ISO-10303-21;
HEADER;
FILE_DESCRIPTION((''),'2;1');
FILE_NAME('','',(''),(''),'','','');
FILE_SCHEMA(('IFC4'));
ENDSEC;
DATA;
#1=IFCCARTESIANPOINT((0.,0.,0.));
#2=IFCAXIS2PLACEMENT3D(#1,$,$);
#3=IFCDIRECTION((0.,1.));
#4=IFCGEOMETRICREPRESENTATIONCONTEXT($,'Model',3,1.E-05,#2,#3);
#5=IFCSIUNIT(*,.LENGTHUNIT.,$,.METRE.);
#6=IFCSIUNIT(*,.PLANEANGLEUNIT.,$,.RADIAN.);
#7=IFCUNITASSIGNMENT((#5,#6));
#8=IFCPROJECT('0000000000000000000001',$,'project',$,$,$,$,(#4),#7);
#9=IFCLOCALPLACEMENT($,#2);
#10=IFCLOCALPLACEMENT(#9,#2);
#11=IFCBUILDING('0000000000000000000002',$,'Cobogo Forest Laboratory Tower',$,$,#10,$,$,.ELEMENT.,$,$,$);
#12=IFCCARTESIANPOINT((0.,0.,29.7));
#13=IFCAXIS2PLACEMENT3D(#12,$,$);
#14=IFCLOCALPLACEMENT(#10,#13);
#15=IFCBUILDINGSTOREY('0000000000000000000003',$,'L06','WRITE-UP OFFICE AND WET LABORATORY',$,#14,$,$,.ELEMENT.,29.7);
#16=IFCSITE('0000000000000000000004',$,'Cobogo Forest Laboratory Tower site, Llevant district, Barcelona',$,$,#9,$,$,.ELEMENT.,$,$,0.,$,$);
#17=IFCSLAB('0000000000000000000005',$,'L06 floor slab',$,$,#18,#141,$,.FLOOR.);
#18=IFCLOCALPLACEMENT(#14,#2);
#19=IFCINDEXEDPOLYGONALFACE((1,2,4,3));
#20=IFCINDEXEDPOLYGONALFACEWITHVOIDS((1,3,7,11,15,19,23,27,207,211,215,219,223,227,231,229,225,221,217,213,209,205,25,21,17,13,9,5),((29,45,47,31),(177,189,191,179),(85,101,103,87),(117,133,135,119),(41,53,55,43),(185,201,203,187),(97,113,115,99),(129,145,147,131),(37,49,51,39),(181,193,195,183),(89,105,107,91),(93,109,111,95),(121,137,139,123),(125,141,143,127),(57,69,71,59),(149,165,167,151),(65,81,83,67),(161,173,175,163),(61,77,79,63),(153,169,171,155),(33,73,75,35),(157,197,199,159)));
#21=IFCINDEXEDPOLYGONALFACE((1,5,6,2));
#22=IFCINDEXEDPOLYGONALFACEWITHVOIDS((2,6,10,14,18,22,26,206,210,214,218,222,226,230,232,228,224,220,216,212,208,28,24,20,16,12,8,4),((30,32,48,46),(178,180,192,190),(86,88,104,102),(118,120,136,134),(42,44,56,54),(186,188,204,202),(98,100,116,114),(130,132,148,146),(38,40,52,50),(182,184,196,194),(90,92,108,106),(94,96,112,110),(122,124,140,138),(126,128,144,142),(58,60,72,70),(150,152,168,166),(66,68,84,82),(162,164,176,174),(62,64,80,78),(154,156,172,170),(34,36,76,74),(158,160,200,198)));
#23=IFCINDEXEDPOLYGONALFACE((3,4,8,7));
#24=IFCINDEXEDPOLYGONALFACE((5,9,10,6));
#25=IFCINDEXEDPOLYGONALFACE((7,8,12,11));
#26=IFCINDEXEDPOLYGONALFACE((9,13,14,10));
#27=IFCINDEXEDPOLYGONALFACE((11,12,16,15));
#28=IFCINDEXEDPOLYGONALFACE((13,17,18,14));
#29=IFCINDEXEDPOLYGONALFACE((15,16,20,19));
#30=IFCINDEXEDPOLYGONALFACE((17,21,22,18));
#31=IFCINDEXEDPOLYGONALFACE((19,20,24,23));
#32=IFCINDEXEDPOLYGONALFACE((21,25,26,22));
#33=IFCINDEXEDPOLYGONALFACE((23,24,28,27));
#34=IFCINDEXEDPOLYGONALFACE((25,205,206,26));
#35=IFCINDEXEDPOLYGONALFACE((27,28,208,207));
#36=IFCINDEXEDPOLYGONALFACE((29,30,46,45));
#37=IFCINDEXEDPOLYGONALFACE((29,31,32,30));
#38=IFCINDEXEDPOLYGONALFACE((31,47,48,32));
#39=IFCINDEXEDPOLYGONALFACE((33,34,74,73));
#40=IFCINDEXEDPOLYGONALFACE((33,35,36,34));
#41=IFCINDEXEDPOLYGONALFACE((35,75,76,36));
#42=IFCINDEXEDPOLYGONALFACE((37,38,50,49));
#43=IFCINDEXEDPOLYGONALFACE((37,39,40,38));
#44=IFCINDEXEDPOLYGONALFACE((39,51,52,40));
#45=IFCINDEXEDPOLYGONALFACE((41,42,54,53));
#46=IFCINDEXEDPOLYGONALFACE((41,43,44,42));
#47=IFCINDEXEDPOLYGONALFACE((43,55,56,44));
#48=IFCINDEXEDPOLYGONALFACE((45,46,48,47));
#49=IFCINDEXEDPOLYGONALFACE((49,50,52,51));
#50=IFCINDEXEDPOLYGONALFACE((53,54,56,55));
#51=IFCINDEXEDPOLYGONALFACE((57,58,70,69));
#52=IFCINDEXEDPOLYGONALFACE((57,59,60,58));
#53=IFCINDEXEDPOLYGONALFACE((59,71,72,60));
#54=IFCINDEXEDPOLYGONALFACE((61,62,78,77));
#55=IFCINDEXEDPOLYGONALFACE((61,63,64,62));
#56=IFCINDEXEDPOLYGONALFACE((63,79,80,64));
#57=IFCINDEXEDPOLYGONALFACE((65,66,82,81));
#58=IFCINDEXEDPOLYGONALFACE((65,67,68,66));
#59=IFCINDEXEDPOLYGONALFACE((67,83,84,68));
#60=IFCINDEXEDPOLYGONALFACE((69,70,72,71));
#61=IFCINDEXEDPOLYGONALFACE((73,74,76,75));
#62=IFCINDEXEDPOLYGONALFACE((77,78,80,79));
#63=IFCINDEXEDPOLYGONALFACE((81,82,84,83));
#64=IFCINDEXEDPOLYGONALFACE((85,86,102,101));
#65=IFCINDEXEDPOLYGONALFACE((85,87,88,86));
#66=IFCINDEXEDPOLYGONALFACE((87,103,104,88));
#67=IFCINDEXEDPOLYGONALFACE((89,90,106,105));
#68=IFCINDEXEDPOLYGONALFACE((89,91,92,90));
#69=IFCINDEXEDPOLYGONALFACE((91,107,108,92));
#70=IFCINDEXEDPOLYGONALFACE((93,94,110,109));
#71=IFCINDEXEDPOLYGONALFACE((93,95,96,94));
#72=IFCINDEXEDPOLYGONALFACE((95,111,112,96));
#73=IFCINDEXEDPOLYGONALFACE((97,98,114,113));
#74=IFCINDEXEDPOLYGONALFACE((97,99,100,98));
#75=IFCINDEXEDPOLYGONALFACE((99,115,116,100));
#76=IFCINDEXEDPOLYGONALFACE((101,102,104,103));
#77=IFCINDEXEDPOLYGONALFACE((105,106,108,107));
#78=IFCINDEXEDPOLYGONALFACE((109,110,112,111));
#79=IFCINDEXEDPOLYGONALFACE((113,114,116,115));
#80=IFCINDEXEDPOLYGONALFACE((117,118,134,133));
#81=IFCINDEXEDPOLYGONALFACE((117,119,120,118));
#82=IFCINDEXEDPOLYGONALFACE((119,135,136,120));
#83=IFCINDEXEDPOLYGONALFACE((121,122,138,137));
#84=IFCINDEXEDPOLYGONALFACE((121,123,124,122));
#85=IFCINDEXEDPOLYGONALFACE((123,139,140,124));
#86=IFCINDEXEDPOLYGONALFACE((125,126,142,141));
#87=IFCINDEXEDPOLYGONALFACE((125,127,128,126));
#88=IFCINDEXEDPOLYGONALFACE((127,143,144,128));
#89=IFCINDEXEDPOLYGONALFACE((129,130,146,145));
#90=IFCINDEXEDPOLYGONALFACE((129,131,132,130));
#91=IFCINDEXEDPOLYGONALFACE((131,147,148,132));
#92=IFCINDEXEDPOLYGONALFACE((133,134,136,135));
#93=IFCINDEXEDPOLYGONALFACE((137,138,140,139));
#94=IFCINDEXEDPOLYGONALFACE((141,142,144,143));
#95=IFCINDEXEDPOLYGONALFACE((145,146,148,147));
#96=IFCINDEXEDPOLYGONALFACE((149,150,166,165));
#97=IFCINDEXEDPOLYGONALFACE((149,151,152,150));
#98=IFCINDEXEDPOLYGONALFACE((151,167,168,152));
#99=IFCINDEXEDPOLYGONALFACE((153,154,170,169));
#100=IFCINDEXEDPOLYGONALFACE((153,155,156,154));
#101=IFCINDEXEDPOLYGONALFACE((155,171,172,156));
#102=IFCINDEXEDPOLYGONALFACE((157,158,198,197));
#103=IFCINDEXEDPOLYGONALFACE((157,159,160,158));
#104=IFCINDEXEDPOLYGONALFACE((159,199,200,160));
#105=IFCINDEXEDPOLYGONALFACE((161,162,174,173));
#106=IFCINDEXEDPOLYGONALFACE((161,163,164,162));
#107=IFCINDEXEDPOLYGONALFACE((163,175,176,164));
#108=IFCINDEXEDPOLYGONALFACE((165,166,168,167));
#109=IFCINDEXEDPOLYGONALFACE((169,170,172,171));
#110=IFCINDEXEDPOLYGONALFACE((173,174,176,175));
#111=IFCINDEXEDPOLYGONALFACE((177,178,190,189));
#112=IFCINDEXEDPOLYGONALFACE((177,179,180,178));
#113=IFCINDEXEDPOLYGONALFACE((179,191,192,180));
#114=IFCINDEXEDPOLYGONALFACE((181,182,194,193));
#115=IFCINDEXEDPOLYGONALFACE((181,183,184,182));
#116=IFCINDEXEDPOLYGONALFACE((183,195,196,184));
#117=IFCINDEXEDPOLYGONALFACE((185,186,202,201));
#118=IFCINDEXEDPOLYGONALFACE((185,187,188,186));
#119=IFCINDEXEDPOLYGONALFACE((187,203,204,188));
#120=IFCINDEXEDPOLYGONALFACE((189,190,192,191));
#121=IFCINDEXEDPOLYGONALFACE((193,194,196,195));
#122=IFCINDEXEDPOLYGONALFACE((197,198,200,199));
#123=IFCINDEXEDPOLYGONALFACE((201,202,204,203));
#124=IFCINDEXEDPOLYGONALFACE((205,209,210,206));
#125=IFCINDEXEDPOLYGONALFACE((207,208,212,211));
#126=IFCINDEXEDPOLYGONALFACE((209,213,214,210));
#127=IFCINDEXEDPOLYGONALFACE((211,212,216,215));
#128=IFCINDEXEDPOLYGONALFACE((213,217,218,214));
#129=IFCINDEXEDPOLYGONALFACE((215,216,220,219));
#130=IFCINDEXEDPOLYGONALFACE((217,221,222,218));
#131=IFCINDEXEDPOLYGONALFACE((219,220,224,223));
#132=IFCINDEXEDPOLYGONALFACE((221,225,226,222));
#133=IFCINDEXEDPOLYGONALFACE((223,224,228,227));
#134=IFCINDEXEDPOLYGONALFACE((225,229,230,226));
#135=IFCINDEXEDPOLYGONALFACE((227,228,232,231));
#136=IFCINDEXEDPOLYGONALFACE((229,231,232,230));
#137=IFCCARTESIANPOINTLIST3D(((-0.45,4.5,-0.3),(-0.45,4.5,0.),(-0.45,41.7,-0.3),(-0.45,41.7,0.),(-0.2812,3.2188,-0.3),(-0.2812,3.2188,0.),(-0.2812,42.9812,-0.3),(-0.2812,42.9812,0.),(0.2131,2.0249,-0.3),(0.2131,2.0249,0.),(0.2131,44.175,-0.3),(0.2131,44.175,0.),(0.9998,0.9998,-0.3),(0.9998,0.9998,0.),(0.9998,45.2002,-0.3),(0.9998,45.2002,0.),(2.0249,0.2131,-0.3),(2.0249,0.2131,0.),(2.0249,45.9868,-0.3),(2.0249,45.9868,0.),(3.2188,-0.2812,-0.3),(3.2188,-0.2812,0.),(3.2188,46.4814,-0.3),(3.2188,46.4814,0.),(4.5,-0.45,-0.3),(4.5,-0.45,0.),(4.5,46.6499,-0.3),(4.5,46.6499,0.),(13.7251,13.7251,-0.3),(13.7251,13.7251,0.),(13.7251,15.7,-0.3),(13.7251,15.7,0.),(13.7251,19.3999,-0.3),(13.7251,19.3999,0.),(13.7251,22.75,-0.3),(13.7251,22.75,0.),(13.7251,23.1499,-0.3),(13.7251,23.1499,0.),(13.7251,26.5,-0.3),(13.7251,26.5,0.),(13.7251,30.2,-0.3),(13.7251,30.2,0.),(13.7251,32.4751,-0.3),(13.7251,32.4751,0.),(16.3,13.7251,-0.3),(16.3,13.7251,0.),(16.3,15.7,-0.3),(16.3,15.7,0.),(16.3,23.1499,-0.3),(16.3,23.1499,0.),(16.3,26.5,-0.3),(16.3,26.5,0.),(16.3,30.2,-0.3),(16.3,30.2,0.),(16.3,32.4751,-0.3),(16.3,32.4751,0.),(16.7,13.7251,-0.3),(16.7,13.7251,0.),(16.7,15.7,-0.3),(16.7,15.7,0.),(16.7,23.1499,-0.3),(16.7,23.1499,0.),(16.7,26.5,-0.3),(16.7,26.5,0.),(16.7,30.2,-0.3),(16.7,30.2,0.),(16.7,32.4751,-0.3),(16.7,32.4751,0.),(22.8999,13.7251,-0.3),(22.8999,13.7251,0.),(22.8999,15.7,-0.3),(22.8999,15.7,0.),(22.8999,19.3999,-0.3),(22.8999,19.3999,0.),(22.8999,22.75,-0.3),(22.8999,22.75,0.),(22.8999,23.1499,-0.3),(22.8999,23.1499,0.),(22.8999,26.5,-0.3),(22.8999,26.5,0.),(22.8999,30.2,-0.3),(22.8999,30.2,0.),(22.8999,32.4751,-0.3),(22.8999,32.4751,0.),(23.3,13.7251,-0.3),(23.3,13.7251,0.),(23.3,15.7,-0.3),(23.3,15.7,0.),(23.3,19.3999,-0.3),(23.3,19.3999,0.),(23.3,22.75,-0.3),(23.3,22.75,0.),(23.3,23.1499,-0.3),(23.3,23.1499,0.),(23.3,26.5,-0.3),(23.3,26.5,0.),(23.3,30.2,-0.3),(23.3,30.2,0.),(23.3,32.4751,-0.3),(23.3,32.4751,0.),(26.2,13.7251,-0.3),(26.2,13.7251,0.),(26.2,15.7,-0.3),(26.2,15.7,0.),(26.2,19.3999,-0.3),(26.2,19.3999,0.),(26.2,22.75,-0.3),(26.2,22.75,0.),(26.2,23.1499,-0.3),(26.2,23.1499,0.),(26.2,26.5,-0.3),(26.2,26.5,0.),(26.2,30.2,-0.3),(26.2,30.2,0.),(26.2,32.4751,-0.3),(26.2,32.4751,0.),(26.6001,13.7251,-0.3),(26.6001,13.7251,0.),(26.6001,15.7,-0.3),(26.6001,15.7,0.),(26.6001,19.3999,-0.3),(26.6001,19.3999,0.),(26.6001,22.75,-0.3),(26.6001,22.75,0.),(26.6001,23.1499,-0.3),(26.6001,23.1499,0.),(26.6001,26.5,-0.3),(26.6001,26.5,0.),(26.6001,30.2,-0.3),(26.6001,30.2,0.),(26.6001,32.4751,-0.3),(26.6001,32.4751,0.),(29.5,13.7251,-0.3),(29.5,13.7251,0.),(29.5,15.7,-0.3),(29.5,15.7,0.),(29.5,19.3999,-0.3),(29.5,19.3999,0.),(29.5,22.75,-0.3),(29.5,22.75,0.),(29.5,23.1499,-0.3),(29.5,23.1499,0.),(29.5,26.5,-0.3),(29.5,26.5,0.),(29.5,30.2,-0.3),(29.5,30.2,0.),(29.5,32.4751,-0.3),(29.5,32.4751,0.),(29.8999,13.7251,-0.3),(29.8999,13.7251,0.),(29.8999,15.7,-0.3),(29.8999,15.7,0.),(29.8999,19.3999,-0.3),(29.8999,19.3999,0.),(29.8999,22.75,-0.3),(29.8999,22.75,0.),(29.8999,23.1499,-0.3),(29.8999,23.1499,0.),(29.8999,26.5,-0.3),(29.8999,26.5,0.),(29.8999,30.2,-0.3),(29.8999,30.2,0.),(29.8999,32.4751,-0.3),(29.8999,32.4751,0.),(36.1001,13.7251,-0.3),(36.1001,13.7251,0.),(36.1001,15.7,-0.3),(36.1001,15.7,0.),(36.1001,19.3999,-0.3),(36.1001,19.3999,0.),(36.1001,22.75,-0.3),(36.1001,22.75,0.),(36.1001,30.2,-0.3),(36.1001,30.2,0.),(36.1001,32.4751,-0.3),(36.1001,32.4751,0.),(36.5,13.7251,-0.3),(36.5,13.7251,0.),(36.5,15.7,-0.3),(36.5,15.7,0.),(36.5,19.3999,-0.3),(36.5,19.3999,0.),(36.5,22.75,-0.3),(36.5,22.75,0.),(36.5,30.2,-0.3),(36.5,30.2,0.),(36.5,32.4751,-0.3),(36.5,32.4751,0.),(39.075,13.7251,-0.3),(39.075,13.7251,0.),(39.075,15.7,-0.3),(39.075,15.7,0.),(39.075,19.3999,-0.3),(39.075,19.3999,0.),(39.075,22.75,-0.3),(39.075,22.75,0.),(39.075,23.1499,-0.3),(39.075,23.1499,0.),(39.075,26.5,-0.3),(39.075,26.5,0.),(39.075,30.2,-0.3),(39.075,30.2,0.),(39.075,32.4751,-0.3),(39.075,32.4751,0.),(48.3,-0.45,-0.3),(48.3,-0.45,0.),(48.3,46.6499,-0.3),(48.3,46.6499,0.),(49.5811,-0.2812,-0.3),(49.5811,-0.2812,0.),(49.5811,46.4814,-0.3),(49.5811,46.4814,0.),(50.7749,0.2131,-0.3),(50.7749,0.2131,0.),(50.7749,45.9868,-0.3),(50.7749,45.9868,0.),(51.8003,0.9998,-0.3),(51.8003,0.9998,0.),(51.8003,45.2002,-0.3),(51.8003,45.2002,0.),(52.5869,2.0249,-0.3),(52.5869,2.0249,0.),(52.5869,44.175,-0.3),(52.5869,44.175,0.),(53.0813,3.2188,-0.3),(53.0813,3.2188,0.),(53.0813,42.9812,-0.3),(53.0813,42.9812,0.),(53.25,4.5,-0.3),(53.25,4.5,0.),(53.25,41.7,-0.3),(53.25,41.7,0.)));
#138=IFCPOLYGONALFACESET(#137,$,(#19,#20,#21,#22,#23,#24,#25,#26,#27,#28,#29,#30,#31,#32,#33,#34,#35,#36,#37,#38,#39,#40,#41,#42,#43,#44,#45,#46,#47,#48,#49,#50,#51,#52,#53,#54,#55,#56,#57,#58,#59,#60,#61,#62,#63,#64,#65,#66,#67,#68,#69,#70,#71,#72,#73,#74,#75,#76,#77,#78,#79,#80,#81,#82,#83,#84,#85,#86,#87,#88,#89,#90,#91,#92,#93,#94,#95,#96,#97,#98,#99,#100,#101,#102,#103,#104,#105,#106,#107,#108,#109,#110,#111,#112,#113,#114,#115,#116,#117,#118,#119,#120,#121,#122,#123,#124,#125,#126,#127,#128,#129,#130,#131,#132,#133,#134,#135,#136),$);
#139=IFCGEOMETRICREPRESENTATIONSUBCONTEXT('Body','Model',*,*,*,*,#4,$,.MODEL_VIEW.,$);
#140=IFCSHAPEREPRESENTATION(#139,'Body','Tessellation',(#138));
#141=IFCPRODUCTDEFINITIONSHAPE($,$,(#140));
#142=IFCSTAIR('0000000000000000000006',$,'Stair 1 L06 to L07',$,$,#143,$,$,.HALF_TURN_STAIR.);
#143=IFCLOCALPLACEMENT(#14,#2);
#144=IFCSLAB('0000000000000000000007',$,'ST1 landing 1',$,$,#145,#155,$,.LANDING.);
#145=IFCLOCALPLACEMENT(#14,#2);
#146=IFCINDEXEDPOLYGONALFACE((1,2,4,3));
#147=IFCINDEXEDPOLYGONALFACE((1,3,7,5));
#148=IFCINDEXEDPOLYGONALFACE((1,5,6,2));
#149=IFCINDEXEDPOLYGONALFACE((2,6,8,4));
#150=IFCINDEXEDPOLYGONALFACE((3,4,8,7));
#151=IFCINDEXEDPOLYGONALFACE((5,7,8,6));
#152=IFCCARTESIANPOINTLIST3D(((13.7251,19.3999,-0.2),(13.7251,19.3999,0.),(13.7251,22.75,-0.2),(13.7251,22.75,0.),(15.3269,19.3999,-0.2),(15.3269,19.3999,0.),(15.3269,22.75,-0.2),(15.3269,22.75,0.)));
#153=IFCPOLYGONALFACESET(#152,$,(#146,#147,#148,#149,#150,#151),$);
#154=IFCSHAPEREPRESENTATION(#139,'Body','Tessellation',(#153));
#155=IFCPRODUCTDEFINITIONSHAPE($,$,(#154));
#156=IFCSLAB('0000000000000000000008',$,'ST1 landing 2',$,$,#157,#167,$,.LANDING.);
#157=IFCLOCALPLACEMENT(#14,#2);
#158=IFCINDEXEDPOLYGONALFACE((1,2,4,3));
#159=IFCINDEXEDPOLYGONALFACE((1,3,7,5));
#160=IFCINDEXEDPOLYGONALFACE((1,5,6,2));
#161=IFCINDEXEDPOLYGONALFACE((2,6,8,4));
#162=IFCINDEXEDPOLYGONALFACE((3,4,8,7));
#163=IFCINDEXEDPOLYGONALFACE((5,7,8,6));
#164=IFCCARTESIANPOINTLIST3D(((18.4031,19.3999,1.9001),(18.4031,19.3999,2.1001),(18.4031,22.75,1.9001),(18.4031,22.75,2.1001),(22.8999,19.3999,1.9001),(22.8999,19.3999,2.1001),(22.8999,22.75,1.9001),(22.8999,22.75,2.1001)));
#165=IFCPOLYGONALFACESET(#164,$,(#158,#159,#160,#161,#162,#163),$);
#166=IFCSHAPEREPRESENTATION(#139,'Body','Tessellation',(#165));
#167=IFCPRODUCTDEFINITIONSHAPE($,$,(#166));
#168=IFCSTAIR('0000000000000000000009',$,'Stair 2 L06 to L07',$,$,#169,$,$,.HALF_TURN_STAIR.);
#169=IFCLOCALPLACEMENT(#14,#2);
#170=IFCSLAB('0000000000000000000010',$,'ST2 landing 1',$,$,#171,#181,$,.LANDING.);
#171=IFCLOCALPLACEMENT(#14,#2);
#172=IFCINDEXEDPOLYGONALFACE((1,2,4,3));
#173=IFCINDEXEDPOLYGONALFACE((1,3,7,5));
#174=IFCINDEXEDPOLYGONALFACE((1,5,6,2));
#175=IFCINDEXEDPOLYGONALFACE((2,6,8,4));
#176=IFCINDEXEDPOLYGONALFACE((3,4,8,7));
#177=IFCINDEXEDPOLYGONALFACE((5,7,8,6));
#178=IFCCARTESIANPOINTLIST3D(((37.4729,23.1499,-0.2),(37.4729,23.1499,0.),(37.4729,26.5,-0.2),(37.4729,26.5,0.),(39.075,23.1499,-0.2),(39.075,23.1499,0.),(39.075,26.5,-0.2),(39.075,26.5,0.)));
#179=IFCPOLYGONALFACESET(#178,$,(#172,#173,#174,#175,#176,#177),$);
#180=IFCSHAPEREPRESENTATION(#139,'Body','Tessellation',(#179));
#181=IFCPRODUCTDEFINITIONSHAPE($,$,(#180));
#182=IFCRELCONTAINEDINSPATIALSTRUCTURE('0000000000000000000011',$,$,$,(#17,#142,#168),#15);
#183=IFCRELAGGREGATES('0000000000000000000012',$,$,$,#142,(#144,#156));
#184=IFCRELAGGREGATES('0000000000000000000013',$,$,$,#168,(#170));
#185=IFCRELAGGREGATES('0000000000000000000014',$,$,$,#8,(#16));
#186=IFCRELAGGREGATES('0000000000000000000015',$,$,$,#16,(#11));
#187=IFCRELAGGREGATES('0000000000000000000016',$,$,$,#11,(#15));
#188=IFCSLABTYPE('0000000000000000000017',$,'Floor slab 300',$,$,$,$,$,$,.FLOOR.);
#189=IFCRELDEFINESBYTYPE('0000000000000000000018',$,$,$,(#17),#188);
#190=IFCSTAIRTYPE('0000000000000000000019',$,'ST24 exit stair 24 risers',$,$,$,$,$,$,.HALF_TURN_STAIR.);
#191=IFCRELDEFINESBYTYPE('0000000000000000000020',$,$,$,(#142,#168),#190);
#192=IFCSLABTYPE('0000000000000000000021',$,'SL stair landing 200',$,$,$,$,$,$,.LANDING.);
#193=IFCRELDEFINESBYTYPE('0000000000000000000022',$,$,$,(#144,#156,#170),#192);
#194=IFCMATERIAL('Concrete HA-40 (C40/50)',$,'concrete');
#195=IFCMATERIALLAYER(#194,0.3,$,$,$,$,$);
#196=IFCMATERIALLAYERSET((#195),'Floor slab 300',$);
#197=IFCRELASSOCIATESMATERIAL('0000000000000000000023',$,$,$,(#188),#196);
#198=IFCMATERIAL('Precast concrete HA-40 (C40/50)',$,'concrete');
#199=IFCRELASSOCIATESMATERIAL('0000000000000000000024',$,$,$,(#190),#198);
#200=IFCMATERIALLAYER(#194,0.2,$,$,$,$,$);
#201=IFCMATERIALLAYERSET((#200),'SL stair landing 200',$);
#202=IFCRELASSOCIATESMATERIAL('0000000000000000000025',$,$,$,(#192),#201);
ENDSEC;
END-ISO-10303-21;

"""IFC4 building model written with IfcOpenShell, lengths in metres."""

from ifc_helpers import new_model, si_unit, direction, frame, origin, place, context, subcontext, project, spatial, polyline, outline, extrude, material, layer, layer_set, type_object, element, aggregate, save


model = new_model("IFC4")

# Units and contexts
model_context = context("Model", 3, precision=1e-05, world=origin(), true_north=direction((0.0, 1.0)))
body_context = subcontext(model_context, "Body", "Model", "MODEL_VIEW")
ifc_project = project(units=[si_unit("LENGTHUNIT", "METRE"), si_unit("PLANEANGLEUNIT", "RADIAN")], contexts=[model_context])

# Site, building, storey
site_placement = place(None, origin())
site = spatial("IfcSite", under=ifc_project, at=site_placement, Name="Cobogo Forest Laboratory Tower site, Llevant district, Barcelona", CompositionType="ELEMENT", RefElevation=0.0)
building_placement = place(site_placement, origin())
building = spatial("IfcBuilding", under=site, at=building_placement, Name="Cobogo Forest Laboratory Tower", CompositionType="ELEMENT")
storey_placement = place(building_placement, frame((0.0, 0.0, 29.7)))
storey = spatial("IfcBuildingStorey", under=building, at=storey_placement, Name="L06", Description="WRITE-UP OFFICE AND WET LABORATORY", CompositionType="ELEMENT", Elevation=29.7)

# Slab
ifc_material_1 = material(Name="Concrete HA-40 (C40/50)", Category="concrete")
ifc_layer_1 = layer(ifc_material_1, 0.3)
ifc_layer_set_1 = layer_set([ifc_layer_1], Name="Floor slab 300")
slab_type_1 = type_object("IfcSlabType", Name="Floor slab 300", PredefinedType="FLOOR", material=ifc_layer_set_1)
slab_1_placement = place(storey_placement, frame((0.0, 0.0, -0.3)))
element("IfcSlab", 1, at=slab_1_placement, inside=storey, type_object=slab_type_1, Name="L06 floor slab", PredefinedType="FLOOR", context=body_context, shape_type="SweptSolid", body=[
    extrude(outline(polyline([(48.3, -0.45), (49.5811, -0.2812), (50.7749, 0.2131), (51.8003, 0.9998), (52.5869, 2.0249), (53.0813, 3.2188), (53.25, 4.5), (53.25, 41.7), (53.0813, 42.9812), (52.5869, 44.175), (51.8003, 45.2002), (50.7749, 45.9868), (49.5811, 46.4814), (48.3, 46.6499), (4.5, 46.6499), (3.2188, 46.4814), (2.0249, 45.9868), (0.9998, 45.2002), (0.2131, 44.175), (-0.2812, 42.9812), (-0.45, 41.7), (-0.45, 4.5), (-0.2812, 3.2188), (0.2131, 2.0249), (0.9998, 0.9998), (2.0249, 0.2131), (3.2188, -0.2812), (4.5, -0.45), (48.3, -0.45)]), holes=[polyline([(16.3, 13.7251), (13.7251, 13.7251), (13.7251, 15.7), (16.3, 15.7), (16.3, 13.7251)]), polyline([(22.8999, 15.7), (22.8999, 13.7251), (16.7, 13.7251), (16.7, 15.7), (22.8999, 15.7)]), polyline([(23.3, 13.7251), (23.3, 15.7), (26.2, 15.7), (26.2, 13.7251), (23.3, 13.7251)]), polyline([(29.5, 13.7251), (26.6001, 13.7251), (26.6001, 15.7), (29.5, 15.7), (29.5, 13.7251)]), polyline([(36.1001, 15.7), (36.1001, 13.7251), (29.8999, 13.7251), (29.8999, 15.7), (36.1001, 15.7)]), polyline([(36.5, 13.7251), (36.5, 15.7), (39.075, 15.7), (39.075, 13.7251), (36.5, 13.7251)]), polyline([(13.7251, 19.3999), (13.7251, 22.75), (22.8999, 22.75), (22.8999, 19.3999), (13.7251, 19.3999)]), polyline([(23.3, 19.3999), (23.3, 22.75), (26.2, 22.75), (26.2, 19.3999), (23.3, 19.3999)]), polyline([(26.6001, 19.3999), (26.6001, 22.75), (29.5, 22.75), (29.5, 19.3999), (26.6001, 19.3999)]), polyline([(36.1001, 22.75), (36.1001, 19.3999), (29.8999, 19.3999), (29.8999, 22.75), (36.1001, 22.75)]), polyline([(39.075, 19.3999), (36.5, 19.3999), (36.5, 22.75), (39.075, 22.75), (39.075, 19.3999)]), polyline([(13.7251, 23.1499), (13.7251, 26.5), (16.3, 26.5), (16.3, 23.1499), (13.7251, 23.1499)]), polyline([(22.8999, 26.5), (22.8999, 23.1499), (16.7, 23.1499), (16.7, 26.5), (22.8999, 26.5)]), polyline([(23.3, 23.1499), (23.3, 26.5), (26.2, 26.5), (26.2, 23.1499), (23.3, 23.1499)]), polyline([(26.6001, 23.1499), (26.6001, 26.5), (29.5, 26.5), (29.5, 23.1499), (26.6001, 23.1499)]), polyline([(29.8999, 23.1499), (29.8999, 26.5), (39.075, 26.5), (39.075, 23.1499), (29.8999, 23.1499)]), polyline([(13.7251, 30.2), (13.7251, 32.4751), (16.3, 32.4751), (16.3, 30.2), (13.7251, 30.2)]), polyline([(22.8999, 32.4751), (22.8999, 30.2), (16.7, 30.2), (16.7, 32.4751), (22.8999, 32.4751)]), polyline([(23.3, 30.2), (23.3, 32.4751), (26.2, 32.4751), (26.2, 30.2), (23.3, 30.2)]), polyline([(26.6001, 30.2), (26.6001, 32.4751), (29.5, 32.4751), (29.5, 30.2), (26.6001, 30.2)]), polyline([(36.1001, 32.4751), (36.1001, 30.2), (29.8999, 30.2), (29.8999, 32.4751), (36.1001, 32.4751)]), polyline([(36.5, 30.2), (36.5, 32.4751), (39.075, 32.4751), (39.075, 30.2), (36.5, 30.2)])]), origin(), (0.0, 0.0, 1.0), 0.3),
])

# Stairs, slabs
ifc_material_2 = material(Name="Precast concrete HA-40 (C40/50)", Category="concrete")
stair_type = type_object("IfcStairType", Name="ST24 exit stair 24 risers", PredefinedType="HALF_TURN_STAIR", material=ifc_material_2)
stair_1_placement = place(storey_placement, origin())
stair_1 = element("IfcStair", 2, at=stair_1_placement, inside=storey, type_object=stair_type, Name="Stair 1 L06 to L07", PredefinedType="HALF_TURN_STAIR")
ifc_layer_2 = layer(ifc_material_1, 0.2)
ifc_layer_set_2 = layer_set([ifc_layer_2], Name="SL stair landing 200")
slab_type_2 = type_object("IfcSlabType", Name="SL stair landing 200", PredefinedType="LANDING", material=ifc_layer_set_2)
slab_2_placement = place(storey_placement, frame((0.0, 0.0, -0.2)))
slab_2 = element("IfcSlab", 3, at=slab_2_placement, type_object=slab_type_2, Name="ST1 landing 1", PredefinedType="LANDING", context=body_context, shape_type="SweptSolid", body=[
    extrude(outline(polyline([(13.7251, 19.3999), (15.3269, 19.3999), (15.3269, 22.75), (13.7251, 22.75), (13.7251, 19.3999)])), origin(), (0.0, 0.0, 1.0), 0.2),
])
slab_3_placement = place(storey_placement, frame((0.0, 0.0, 1.9001)))
slab_3 = element("IfcSlab", 4, at=slab_3_placement, type_object=slab_type_2, Name="ST1 landing 2", PredefinedType="LANDING", context=body_context, shape_type="SweptSolid", body=[
    extrude(outline(polyline([(18.4031, 19.3999), (22.8999, 19.3999), (22.8999, 22.75), (18.4031, 22.75), (18.4031, 19.3999)])), origin(), (0.0, 0.0, 1.0), 0.2),
])
aggregate(stair_1, [slab_2, slab_3])
stair_2_placement = place(storey_placement, origin())
stair_2 = element("IfcStair", 5, at=stair_2_placement, inside=storey, type_object=stair_type, Name="Stair 2 L06 to L07", PredefinedType="HALF_TURN_STAIR")
slab_4_placement = place(storey_placement, frame((0.0, 0.0, -0.2)))
slab_4 = element("IfcSlab", 6, at=slab_4_placement, type_object=slab_type_2, Name="ST2 landing 1", PredefinedType="LANDING", context=body_context, shape_type="SweptSolid", body=[
    extrude(outline(polyline([(37.4729, 23.1499), (39.075, 23.1499), (39.075, 26.5), (37.4729, 26.5), (37.4729, 23.1499)])), origin(), (0.0, 0.0, 1.0), 0.2),
])
aggregate(stair_2, [slab_4])

save(model, "model.ifc")
